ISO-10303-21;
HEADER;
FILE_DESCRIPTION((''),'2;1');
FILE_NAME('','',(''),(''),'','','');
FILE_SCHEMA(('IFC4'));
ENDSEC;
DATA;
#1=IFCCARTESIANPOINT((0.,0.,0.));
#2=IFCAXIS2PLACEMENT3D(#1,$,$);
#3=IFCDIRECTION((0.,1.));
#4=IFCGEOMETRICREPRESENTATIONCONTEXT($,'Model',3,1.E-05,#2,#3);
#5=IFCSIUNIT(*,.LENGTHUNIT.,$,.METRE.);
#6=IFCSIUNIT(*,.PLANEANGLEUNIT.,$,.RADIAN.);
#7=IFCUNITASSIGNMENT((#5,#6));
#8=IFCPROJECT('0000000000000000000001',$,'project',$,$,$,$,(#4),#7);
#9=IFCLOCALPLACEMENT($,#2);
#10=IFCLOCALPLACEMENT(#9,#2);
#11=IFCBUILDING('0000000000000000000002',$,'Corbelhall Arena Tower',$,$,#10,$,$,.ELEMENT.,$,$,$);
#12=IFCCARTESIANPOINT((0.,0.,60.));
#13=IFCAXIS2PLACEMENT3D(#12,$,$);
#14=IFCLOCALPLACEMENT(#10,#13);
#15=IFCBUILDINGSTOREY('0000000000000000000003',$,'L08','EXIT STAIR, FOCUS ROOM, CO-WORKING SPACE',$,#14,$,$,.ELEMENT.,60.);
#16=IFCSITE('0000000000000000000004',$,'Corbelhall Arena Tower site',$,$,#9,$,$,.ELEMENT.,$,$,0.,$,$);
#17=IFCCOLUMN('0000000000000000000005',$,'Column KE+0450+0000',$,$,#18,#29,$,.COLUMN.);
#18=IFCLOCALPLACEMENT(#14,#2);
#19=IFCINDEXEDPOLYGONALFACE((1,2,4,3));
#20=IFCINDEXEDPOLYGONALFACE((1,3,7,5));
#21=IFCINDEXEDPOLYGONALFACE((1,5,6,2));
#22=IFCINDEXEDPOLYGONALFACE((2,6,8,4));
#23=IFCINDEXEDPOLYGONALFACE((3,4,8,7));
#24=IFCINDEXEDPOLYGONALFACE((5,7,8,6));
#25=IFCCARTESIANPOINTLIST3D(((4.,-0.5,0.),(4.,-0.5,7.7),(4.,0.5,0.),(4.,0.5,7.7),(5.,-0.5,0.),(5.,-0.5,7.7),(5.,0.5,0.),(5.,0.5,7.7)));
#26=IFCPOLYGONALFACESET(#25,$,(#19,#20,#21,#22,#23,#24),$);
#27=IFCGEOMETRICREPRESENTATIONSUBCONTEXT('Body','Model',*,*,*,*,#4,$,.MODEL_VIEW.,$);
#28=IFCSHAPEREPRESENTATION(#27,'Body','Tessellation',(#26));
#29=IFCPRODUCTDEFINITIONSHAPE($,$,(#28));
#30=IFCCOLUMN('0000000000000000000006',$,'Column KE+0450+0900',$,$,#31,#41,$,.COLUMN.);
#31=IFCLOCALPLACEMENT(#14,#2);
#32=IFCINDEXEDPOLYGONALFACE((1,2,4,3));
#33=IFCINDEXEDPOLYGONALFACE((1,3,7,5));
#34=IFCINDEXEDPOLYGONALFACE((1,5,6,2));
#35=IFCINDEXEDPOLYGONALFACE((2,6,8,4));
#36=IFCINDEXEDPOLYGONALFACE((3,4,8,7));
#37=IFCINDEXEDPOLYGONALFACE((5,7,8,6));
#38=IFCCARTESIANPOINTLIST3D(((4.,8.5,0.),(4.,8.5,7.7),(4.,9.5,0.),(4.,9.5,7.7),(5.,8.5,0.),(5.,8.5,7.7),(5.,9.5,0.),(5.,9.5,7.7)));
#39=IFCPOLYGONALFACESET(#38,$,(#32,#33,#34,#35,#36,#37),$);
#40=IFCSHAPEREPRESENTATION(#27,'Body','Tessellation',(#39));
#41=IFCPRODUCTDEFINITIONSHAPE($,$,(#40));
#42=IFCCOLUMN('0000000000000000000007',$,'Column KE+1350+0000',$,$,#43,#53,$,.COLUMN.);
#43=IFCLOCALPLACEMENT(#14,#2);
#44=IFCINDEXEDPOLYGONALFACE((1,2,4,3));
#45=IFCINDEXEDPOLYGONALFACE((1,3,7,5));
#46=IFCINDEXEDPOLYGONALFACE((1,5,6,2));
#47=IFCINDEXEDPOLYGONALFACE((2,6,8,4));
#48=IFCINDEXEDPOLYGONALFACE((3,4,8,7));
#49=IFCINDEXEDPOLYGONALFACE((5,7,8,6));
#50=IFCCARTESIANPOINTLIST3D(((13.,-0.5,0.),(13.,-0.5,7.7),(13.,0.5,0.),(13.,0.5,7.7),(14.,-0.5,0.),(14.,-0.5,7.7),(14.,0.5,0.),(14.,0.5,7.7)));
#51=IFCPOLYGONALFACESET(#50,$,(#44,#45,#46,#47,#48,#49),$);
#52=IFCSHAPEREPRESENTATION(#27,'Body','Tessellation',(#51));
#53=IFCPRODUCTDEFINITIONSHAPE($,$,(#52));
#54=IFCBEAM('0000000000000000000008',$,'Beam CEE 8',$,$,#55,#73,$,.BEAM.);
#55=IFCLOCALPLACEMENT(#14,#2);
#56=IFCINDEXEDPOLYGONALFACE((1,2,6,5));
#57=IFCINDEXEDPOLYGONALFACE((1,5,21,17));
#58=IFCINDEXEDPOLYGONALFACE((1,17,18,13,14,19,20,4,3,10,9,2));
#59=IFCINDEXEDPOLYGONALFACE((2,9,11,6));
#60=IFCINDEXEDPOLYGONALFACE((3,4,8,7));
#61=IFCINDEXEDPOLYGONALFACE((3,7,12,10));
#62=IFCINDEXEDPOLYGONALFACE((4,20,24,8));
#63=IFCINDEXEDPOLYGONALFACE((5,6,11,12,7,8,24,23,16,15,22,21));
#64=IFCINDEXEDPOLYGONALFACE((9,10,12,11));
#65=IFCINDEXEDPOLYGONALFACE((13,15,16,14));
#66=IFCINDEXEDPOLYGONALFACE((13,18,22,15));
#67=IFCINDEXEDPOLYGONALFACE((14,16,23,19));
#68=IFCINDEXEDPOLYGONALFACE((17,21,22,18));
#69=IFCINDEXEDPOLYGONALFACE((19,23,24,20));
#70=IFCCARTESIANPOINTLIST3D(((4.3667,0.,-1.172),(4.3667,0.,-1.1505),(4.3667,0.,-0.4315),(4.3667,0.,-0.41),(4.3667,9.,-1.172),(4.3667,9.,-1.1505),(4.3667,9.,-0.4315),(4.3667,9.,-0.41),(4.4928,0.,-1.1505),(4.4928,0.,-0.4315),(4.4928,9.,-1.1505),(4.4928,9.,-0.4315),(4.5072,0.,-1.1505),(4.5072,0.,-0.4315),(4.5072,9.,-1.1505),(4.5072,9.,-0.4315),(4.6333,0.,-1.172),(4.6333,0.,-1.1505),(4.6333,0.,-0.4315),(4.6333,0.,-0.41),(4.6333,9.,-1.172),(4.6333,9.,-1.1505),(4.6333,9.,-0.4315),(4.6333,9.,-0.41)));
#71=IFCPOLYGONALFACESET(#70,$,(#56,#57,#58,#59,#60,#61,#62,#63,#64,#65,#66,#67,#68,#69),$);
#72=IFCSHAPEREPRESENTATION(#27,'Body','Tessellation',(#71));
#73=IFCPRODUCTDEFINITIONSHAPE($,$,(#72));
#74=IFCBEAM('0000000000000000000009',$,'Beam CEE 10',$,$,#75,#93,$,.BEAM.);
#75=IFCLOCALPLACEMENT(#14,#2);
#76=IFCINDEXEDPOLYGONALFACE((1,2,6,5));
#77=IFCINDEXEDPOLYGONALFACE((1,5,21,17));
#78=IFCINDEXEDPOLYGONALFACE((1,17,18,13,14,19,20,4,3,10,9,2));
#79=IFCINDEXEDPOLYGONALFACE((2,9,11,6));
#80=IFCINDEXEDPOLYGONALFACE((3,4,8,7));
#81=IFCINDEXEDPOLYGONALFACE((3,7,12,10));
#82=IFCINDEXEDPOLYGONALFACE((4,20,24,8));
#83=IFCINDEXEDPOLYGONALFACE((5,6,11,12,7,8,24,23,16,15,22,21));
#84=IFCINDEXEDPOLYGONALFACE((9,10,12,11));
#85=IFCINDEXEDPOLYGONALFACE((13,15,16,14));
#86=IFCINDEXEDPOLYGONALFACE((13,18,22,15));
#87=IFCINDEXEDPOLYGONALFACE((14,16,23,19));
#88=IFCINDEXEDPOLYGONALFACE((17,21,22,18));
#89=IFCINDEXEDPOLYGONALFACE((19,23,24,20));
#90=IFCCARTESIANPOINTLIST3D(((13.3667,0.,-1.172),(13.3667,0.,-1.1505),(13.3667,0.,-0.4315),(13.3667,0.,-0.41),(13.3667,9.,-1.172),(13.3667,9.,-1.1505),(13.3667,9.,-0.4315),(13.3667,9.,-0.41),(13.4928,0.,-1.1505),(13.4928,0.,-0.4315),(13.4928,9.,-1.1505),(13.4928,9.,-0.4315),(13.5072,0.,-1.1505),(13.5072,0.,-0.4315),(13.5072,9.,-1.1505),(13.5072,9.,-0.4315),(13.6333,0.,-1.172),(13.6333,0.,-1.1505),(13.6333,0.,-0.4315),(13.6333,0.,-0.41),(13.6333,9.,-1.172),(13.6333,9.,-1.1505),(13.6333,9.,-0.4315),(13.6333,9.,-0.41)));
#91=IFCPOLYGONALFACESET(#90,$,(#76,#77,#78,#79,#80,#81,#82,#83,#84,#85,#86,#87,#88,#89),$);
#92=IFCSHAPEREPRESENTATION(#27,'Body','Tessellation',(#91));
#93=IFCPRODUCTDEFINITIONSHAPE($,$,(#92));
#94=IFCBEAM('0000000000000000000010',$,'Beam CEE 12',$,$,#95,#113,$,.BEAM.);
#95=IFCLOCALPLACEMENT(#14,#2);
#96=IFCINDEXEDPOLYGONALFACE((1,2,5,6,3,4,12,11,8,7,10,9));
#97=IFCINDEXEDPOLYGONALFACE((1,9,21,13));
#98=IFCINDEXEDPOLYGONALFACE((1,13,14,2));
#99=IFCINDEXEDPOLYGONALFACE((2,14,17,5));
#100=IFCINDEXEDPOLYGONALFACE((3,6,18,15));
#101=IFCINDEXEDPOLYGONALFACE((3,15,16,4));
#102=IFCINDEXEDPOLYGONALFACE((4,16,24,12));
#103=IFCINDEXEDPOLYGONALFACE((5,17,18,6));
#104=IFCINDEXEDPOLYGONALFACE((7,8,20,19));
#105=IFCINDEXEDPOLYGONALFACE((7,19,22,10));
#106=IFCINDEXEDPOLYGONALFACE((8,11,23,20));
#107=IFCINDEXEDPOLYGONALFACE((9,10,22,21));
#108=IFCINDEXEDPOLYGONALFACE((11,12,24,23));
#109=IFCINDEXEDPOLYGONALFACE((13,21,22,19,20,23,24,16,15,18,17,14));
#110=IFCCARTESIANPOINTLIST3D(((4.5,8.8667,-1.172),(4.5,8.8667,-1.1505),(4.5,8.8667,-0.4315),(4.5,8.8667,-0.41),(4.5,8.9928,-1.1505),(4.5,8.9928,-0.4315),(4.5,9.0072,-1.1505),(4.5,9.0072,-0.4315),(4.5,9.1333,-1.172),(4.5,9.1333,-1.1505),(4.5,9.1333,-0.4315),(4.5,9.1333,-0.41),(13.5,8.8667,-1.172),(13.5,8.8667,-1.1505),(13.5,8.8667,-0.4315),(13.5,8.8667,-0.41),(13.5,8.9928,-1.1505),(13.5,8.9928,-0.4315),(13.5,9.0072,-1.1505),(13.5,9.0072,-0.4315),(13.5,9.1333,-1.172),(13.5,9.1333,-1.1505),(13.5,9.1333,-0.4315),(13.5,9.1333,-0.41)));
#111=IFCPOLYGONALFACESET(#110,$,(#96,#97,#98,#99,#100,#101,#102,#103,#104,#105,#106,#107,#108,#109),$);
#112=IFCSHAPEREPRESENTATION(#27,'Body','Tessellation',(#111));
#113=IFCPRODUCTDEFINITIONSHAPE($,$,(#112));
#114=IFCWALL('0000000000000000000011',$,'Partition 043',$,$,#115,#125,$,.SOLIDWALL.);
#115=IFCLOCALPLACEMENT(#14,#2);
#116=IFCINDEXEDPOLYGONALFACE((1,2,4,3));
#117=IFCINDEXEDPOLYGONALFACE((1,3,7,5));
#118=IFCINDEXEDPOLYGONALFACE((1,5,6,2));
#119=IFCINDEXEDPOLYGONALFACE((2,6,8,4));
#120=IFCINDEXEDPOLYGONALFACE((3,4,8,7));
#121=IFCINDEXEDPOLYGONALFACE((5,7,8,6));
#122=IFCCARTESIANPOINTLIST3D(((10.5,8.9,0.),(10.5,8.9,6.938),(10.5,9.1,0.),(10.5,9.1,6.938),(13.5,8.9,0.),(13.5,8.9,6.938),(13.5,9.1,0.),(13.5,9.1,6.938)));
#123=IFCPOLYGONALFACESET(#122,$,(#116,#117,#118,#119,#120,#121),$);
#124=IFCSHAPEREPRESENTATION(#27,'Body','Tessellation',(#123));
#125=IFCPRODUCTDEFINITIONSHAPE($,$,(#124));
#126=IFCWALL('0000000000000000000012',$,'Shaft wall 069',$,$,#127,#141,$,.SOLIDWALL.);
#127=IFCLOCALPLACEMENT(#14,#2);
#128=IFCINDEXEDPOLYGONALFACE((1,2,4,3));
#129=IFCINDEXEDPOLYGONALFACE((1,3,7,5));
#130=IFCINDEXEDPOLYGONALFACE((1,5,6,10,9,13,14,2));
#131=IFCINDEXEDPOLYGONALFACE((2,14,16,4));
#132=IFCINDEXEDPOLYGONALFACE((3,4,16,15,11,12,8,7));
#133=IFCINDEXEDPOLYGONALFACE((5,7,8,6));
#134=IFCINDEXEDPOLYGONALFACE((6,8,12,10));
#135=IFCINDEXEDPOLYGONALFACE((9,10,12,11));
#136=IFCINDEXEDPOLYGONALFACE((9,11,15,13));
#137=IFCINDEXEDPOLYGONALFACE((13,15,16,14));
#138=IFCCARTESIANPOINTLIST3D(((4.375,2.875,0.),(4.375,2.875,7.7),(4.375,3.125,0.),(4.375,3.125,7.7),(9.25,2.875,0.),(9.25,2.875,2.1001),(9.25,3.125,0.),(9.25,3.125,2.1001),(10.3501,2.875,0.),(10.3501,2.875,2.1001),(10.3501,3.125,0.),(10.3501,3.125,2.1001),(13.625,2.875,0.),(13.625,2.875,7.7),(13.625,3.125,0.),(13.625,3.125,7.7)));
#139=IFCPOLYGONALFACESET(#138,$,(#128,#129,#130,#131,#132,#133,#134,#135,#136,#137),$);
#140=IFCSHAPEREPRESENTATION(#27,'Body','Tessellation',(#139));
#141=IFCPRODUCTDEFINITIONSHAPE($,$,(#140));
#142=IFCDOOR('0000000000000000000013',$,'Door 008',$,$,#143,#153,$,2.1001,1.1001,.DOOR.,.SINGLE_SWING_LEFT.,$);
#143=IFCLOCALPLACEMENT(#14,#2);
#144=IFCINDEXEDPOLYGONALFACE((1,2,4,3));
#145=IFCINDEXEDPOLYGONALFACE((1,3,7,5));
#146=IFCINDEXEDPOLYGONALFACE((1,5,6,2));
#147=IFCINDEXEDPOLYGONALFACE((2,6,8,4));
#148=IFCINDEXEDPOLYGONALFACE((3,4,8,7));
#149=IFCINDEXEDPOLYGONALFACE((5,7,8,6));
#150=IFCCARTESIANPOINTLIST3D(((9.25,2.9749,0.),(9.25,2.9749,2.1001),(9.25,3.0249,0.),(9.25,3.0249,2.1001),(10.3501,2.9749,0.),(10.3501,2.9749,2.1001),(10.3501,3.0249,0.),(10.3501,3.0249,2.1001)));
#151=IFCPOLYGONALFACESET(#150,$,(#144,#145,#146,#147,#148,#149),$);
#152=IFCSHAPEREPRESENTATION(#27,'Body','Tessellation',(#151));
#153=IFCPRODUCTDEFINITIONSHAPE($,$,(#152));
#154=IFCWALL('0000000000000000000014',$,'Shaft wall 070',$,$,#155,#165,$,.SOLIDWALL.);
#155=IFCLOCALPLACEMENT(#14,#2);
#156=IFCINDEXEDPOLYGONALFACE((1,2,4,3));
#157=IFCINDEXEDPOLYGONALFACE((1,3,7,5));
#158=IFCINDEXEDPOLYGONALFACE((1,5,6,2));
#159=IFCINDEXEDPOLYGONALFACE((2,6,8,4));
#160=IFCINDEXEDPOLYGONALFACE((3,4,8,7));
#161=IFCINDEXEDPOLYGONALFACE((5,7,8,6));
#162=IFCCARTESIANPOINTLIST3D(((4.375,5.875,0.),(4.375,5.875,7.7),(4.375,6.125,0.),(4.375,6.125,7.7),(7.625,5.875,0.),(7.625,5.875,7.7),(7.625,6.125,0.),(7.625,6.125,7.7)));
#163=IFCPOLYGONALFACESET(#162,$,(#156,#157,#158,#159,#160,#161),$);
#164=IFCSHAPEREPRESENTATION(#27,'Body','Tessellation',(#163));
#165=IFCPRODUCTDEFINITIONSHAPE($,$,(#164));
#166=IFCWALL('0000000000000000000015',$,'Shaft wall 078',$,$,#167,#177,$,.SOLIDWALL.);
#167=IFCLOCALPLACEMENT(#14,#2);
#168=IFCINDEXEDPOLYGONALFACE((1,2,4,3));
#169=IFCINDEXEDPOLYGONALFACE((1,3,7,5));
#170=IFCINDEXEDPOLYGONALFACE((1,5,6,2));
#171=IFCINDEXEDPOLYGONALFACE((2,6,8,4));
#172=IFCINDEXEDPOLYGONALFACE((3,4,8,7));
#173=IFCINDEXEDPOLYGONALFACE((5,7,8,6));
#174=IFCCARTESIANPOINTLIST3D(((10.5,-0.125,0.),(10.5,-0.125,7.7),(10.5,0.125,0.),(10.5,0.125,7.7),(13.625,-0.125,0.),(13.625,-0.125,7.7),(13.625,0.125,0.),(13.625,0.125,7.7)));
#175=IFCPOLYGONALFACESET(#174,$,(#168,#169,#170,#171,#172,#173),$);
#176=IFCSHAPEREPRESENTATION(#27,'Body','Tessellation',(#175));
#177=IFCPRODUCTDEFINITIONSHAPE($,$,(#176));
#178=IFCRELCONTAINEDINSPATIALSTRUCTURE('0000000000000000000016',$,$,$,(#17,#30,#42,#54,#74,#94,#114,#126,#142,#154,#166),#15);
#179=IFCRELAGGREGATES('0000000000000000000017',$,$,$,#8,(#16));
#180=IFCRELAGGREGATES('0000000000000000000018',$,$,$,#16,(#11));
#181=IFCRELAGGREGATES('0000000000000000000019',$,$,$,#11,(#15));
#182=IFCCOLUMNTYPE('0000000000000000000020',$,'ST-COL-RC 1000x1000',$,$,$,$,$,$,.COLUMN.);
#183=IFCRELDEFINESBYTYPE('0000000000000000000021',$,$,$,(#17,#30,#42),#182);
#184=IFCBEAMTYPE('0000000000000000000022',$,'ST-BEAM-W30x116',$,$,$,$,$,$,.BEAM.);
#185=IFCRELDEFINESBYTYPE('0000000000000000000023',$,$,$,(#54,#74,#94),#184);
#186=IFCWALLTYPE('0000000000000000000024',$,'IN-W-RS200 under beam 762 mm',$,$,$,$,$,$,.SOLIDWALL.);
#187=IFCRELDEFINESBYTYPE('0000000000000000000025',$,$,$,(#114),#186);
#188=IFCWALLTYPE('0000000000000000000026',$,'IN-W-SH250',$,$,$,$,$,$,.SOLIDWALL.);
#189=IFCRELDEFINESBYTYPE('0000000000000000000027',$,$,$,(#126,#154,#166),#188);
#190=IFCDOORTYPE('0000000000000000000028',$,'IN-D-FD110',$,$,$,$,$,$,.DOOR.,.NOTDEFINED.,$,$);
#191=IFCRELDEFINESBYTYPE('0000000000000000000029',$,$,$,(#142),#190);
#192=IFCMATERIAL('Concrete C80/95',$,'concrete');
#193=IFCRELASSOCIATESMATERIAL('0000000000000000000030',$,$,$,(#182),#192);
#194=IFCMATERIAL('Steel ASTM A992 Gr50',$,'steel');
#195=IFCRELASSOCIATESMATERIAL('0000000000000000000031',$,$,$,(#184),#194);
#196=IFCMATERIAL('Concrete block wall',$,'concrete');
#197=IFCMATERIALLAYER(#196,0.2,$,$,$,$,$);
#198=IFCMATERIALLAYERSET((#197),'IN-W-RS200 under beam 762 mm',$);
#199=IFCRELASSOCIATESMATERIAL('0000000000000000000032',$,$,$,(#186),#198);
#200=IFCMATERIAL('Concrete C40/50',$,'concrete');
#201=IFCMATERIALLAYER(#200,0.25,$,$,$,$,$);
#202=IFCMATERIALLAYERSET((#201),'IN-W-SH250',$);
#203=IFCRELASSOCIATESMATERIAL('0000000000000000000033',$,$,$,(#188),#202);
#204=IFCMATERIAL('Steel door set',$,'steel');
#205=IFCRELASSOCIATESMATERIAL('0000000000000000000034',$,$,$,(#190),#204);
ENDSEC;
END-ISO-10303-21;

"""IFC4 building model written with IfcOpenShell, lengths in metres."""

from ifc_helpers import new_model, si_unit, direction, frame, frame_2d, origin, origin_2d, place, context, subcontext, project, spatial, rectangle, i_section, extrude, material, layer, layer_set, material_profile, profile_set, type_object, element, fill, save


model = new_model("IFC4")

# Units and contexts
model_context = context("Model", 3, precision=1e-05, world=origin(), true_north=direction((0.0, 1.0)))
body_context = subcontext(model_context, "Body", "Model", "MODEL_VIEW")
ifc_project = project(units=[si_unit("LENGTHUNIT", "METRE"), si_unit("PLANEANGLEUNIT", "RADIAN")], contexts=[model_context])

# Site, building, storey
site_placement = place(None, origin())
site = spatial("IfcSite", under=ifc_project, at=site_placement, Name="Corbelhall Arena Tower site", CompositionType="ELEMENT", RefElevation=0.0)
building_placement = place(site_placement, origin())
building = spatial("IfcBuilding", under=site, at=building_placement, Name="Corbelhall Arena Tower", CompositionType="ELEMENT")
storey_placement = place(building_placement, frame((0.0, 0.0, 60.0)))
storey = spatial("IfcBuildingStorey", under=building, at=storey_placement, Name="L08", Description="EXIT STAIR, FOCUS ROOM, CO-WORKING SPACE", CompositionType="ELEMENT", Elevation=60.0)

# Columns
ifc_material_1 = material(Name="Concrete C80/95", Category="concrete")
ifc_material_profile_1 = material_profile(ifc_material_1, rectangle(XDim=1.0, YDim=1.0, at=origin_2d()))
ifc_profile_set_1 = profile_set([ifc_material_profile_1], Name="Concrete C80/95")
column_type = type_object("IfcColumnType", Name="ST-COL-RC 1000x1000", PredefinedType="COLUMN", material=ifc_profile_set_1)
for number, where, z_axis, x_axis, name in (
    (1, (4.5, 0.0, 0.0), (0.0, 0.0, 1.0), (1.0, 0.0, 0.0), "Column KE+0450+0000"),
    (2, (4.5, 9.0, 0.0), (0.0, 0.0, 1.0), (1.0, 0.0, 0.0), "Column KE+0450+0900"),
    (3, (13.5, 0.0, 0.0), (0.0, 0.0, 1.0), (1.0, 0.0, 0.0), "Column KE+1350+0000"),
):
    element("IfcColumn", number, at=place(storey_placement, frame(where, z_axis=z_axis, x_axis=x_axis)), inside=storey, type_object=column_type, Name=name, PredefinedType="COLUMN", context=body_context, shape_type="SweptSolid", body=[
        extrude(rectangle(XDim=1.0, YDim=1.0, at=origin_2d()), origin(), (0.0, 0.0, 1.0), 7.7),
    ])

# Beams
ifc_material_2 = material(Name="Steel ASTM A992 Gr50", Category="steel")
ifc_material_profile_2 = material_profile(ifc_material_2, i_section(OverallWidth=0.2666, OverallDepth=0.762, WebThickness=0.0144, FlangeThickness=0.0215, at=origin_2d()))
ifc_profile_set_2 = profile_set([ifc_material_profile_2], Name="Steel ASTM A992 Gr50")
beam_type = type_object("IfcBeamType", Name="ST-BEAM-W30x116", PredefinedType="BEAM", material=ifc_profile_set_2)
for number, where, z_axis, x_axis, name in (
    (4, (4.5, 0.0, -0.791), (0.0, 1.0, 0.0), (-1.0, 0.0, 0.0), "Beam CEE 8"),
    (5, (13.5, 0.0, -0.791), (0.0, 1.0, 0.0), (-1.0, 0.0, 0.0), "Beam CEE 10"),
    (6, (4.5, 9.0, -0.791), (1.0, 0.0, 0.0), (0.0, 1.0, 0.0), "Beam CEE 12"),
):
    element("IfcBeam", number, at=place(storey_placement, frame(where, z_axis=z_axis, x_axis=x_axis)), inside=storey, type_object=beam_type, Name=name, PredefinedType="BEAM", context=body_context, shape_type="SweptSolid", body=[
        extrude(i_section(OverallWidth=0.2666, OverallDepth=0.762, WebThickness=0.0144, FlangeThickness=0.0215, at=origin_2d()), origin(), (0.0, 0.0, 1.0), 9.0),
    ])

# Wall
ifc_material_3 = material(Name="Concrete block wall", Category="concrete")
ifc_layer_1 = layer(ifc_material_3, 0.2)
ifc_layer_set_1 = layer_set([ifc_layer_1], Name="IN-W-RS200 under beam 762 mm")
wall_type_1 = type_object("IfcWallType", Name="IN-W-RS200 under beam 762 mm", PredefinedType="SOLIDWALL", material=ifc_layer_set_1)
wall_1_placement = place(storey_placement, frame((10.5, 9.0, 0.0), z_axis=(0.0, 0.0, 1.0), x_axis=(1.0, 0.0, 0.0)))
element("IfcWall", 7, at=wall_1_placement, inside=storey, type_object=wall_type_1, Name="Partition 043", PredefinedType="SOLIDWALL", context=body_context, shape_type="SweptSolid", body=[
    extrude(rectangle(XDim=3.0, YDim=0.2, at=frame_2d((1.5, 0.0))), origin(), (0.0, 0.0, 1.0), 6.938),
])

# Wall, opening, door
ifc_material_4 = material(Name="Concrete C40/50", Category="concrete")
ifc_layer_2 = layer(ifc_material_4, 0.25)
ifc_layer_set_2 = layer_set([ifc_layer_2], Name="IN-W-SH250")
wall_type_2 = type_object("IfcWallType", Name="IN-W-SH250", PredefinedType="SOLIDWALL", material=ifc_layer_set_2)
wall_2_placement = place(storey_placement, frame((4.375, 3.0, 0.0), z_axis=(0.0, 0.0, 1.0), x_axis=(1.0, 0.0, 0.0)))
wall_2 = element("IfcWall", 8, at=wall_2_placement, inside=storey, type_object=wall_type_2, Name="Shaft wall 069", PredefinedType="SOLIDWALL", context=body_context, shape_type="SweptSolid", body=[
    extrude(rectangle(XDim=9.25, YDim=0.25, at=frame_2d((4.625, 0.0))), origin(), (0.0, 0.0, 1.0), 7.7),
])
opening_1_placement = place(wall_2_placement, frame((4.875, 0.0, 0.0)))
opening_1 = element("IfcOpeningElement", 9, at=opening_1_placement, cuts=wall_2, PredefinedType="OPENING", context=body_context, shape_type="SweptSolid", body=[
    extrude(rectangle(XDim=1.1001, YDim=2.1001, at=frame_2d((0.55, 1.05))), frame((0.0, 0.125, 0.0), z_axis=(0.0, -1.0, 0.0), x_axis=(1.0, 0.0, 0.0)), (0.0, 0.0, 1.0), 0.25),
])
ifc_material_5 = material(Name="Steel door set", Category="steel")
door_type_1 = type_object("IfcDoorType", Name="IN-D-FD110", OperationType="NOTDEFINED", PredefinedType="DOOR", material=ifc_material_5)
door_1_placement = place(opening_1_placement, origin())
door_1 = element("IfcDoor", 10, at=door_1_placement, inside=storey, type_object=door_type_1, Name="Door 008", OperationType="SINGLE_SWING_LEFT", OverallHeight=2.1001, OverallWidth=1.1001, PredefinedType="DOOR", context=body_context, shape_type="SweptSolid", body=[
    extrude(rectangle(XDim=1.1001, YDim=2.1001, at=frame_2d((0.55, 1.05))), frame((0.0, 0.0249, 0.0), z_axis=(0.0, -1.0, 0.0), x_axis=(1.0, 0.0, 0.0)), (0.0, 0.0, 1.0), 0.05),
])
fill(opening_1, door_1)

# Walls
wall_3_placement = place(storey_placement, frame((4.375, 6.0, 0.0), z_axis=(0.0, 0.0, 1.0), x_axis=(1.0, 0.0, 0.0)))
element("IfcWall", 11, at=wall_3_placement, inside=storey, type_object=wall_type_2, Name="Shaft wall 070", PredefinedType="SOLIDWALL", context=body_context, shape_type="SweptSolid", body=[
    extrude(rectangle(XDim=3.25, YDim=0.25, at=frame_2d((1.625, 0.0))), origin(), (0.0, 0.0, 1.0), 7.7),
])
wall_4_placement = place(storey_placement, frame((10.5, 0.0, 0.0), z_axis=(0.0, 0.0, 1.0), x_axis=(1.0, 0.0, 0.0)))
element("IfcWall", 12, at=wall_4_placement, inside=storey, type_object=wall_type_2, Name="Shaft wall 078", PredefinedType="SOLIDWALL", context=body_context, shape_type="SweptSolid", body=[
    extrude(rectangle(XDim=3.125, YDim=0.25, at=frame_2d((1.5625, 0.0))), origin(), (0.0, 0.0, 1.0), 7.7),
])

save(model, "model.ifc")
